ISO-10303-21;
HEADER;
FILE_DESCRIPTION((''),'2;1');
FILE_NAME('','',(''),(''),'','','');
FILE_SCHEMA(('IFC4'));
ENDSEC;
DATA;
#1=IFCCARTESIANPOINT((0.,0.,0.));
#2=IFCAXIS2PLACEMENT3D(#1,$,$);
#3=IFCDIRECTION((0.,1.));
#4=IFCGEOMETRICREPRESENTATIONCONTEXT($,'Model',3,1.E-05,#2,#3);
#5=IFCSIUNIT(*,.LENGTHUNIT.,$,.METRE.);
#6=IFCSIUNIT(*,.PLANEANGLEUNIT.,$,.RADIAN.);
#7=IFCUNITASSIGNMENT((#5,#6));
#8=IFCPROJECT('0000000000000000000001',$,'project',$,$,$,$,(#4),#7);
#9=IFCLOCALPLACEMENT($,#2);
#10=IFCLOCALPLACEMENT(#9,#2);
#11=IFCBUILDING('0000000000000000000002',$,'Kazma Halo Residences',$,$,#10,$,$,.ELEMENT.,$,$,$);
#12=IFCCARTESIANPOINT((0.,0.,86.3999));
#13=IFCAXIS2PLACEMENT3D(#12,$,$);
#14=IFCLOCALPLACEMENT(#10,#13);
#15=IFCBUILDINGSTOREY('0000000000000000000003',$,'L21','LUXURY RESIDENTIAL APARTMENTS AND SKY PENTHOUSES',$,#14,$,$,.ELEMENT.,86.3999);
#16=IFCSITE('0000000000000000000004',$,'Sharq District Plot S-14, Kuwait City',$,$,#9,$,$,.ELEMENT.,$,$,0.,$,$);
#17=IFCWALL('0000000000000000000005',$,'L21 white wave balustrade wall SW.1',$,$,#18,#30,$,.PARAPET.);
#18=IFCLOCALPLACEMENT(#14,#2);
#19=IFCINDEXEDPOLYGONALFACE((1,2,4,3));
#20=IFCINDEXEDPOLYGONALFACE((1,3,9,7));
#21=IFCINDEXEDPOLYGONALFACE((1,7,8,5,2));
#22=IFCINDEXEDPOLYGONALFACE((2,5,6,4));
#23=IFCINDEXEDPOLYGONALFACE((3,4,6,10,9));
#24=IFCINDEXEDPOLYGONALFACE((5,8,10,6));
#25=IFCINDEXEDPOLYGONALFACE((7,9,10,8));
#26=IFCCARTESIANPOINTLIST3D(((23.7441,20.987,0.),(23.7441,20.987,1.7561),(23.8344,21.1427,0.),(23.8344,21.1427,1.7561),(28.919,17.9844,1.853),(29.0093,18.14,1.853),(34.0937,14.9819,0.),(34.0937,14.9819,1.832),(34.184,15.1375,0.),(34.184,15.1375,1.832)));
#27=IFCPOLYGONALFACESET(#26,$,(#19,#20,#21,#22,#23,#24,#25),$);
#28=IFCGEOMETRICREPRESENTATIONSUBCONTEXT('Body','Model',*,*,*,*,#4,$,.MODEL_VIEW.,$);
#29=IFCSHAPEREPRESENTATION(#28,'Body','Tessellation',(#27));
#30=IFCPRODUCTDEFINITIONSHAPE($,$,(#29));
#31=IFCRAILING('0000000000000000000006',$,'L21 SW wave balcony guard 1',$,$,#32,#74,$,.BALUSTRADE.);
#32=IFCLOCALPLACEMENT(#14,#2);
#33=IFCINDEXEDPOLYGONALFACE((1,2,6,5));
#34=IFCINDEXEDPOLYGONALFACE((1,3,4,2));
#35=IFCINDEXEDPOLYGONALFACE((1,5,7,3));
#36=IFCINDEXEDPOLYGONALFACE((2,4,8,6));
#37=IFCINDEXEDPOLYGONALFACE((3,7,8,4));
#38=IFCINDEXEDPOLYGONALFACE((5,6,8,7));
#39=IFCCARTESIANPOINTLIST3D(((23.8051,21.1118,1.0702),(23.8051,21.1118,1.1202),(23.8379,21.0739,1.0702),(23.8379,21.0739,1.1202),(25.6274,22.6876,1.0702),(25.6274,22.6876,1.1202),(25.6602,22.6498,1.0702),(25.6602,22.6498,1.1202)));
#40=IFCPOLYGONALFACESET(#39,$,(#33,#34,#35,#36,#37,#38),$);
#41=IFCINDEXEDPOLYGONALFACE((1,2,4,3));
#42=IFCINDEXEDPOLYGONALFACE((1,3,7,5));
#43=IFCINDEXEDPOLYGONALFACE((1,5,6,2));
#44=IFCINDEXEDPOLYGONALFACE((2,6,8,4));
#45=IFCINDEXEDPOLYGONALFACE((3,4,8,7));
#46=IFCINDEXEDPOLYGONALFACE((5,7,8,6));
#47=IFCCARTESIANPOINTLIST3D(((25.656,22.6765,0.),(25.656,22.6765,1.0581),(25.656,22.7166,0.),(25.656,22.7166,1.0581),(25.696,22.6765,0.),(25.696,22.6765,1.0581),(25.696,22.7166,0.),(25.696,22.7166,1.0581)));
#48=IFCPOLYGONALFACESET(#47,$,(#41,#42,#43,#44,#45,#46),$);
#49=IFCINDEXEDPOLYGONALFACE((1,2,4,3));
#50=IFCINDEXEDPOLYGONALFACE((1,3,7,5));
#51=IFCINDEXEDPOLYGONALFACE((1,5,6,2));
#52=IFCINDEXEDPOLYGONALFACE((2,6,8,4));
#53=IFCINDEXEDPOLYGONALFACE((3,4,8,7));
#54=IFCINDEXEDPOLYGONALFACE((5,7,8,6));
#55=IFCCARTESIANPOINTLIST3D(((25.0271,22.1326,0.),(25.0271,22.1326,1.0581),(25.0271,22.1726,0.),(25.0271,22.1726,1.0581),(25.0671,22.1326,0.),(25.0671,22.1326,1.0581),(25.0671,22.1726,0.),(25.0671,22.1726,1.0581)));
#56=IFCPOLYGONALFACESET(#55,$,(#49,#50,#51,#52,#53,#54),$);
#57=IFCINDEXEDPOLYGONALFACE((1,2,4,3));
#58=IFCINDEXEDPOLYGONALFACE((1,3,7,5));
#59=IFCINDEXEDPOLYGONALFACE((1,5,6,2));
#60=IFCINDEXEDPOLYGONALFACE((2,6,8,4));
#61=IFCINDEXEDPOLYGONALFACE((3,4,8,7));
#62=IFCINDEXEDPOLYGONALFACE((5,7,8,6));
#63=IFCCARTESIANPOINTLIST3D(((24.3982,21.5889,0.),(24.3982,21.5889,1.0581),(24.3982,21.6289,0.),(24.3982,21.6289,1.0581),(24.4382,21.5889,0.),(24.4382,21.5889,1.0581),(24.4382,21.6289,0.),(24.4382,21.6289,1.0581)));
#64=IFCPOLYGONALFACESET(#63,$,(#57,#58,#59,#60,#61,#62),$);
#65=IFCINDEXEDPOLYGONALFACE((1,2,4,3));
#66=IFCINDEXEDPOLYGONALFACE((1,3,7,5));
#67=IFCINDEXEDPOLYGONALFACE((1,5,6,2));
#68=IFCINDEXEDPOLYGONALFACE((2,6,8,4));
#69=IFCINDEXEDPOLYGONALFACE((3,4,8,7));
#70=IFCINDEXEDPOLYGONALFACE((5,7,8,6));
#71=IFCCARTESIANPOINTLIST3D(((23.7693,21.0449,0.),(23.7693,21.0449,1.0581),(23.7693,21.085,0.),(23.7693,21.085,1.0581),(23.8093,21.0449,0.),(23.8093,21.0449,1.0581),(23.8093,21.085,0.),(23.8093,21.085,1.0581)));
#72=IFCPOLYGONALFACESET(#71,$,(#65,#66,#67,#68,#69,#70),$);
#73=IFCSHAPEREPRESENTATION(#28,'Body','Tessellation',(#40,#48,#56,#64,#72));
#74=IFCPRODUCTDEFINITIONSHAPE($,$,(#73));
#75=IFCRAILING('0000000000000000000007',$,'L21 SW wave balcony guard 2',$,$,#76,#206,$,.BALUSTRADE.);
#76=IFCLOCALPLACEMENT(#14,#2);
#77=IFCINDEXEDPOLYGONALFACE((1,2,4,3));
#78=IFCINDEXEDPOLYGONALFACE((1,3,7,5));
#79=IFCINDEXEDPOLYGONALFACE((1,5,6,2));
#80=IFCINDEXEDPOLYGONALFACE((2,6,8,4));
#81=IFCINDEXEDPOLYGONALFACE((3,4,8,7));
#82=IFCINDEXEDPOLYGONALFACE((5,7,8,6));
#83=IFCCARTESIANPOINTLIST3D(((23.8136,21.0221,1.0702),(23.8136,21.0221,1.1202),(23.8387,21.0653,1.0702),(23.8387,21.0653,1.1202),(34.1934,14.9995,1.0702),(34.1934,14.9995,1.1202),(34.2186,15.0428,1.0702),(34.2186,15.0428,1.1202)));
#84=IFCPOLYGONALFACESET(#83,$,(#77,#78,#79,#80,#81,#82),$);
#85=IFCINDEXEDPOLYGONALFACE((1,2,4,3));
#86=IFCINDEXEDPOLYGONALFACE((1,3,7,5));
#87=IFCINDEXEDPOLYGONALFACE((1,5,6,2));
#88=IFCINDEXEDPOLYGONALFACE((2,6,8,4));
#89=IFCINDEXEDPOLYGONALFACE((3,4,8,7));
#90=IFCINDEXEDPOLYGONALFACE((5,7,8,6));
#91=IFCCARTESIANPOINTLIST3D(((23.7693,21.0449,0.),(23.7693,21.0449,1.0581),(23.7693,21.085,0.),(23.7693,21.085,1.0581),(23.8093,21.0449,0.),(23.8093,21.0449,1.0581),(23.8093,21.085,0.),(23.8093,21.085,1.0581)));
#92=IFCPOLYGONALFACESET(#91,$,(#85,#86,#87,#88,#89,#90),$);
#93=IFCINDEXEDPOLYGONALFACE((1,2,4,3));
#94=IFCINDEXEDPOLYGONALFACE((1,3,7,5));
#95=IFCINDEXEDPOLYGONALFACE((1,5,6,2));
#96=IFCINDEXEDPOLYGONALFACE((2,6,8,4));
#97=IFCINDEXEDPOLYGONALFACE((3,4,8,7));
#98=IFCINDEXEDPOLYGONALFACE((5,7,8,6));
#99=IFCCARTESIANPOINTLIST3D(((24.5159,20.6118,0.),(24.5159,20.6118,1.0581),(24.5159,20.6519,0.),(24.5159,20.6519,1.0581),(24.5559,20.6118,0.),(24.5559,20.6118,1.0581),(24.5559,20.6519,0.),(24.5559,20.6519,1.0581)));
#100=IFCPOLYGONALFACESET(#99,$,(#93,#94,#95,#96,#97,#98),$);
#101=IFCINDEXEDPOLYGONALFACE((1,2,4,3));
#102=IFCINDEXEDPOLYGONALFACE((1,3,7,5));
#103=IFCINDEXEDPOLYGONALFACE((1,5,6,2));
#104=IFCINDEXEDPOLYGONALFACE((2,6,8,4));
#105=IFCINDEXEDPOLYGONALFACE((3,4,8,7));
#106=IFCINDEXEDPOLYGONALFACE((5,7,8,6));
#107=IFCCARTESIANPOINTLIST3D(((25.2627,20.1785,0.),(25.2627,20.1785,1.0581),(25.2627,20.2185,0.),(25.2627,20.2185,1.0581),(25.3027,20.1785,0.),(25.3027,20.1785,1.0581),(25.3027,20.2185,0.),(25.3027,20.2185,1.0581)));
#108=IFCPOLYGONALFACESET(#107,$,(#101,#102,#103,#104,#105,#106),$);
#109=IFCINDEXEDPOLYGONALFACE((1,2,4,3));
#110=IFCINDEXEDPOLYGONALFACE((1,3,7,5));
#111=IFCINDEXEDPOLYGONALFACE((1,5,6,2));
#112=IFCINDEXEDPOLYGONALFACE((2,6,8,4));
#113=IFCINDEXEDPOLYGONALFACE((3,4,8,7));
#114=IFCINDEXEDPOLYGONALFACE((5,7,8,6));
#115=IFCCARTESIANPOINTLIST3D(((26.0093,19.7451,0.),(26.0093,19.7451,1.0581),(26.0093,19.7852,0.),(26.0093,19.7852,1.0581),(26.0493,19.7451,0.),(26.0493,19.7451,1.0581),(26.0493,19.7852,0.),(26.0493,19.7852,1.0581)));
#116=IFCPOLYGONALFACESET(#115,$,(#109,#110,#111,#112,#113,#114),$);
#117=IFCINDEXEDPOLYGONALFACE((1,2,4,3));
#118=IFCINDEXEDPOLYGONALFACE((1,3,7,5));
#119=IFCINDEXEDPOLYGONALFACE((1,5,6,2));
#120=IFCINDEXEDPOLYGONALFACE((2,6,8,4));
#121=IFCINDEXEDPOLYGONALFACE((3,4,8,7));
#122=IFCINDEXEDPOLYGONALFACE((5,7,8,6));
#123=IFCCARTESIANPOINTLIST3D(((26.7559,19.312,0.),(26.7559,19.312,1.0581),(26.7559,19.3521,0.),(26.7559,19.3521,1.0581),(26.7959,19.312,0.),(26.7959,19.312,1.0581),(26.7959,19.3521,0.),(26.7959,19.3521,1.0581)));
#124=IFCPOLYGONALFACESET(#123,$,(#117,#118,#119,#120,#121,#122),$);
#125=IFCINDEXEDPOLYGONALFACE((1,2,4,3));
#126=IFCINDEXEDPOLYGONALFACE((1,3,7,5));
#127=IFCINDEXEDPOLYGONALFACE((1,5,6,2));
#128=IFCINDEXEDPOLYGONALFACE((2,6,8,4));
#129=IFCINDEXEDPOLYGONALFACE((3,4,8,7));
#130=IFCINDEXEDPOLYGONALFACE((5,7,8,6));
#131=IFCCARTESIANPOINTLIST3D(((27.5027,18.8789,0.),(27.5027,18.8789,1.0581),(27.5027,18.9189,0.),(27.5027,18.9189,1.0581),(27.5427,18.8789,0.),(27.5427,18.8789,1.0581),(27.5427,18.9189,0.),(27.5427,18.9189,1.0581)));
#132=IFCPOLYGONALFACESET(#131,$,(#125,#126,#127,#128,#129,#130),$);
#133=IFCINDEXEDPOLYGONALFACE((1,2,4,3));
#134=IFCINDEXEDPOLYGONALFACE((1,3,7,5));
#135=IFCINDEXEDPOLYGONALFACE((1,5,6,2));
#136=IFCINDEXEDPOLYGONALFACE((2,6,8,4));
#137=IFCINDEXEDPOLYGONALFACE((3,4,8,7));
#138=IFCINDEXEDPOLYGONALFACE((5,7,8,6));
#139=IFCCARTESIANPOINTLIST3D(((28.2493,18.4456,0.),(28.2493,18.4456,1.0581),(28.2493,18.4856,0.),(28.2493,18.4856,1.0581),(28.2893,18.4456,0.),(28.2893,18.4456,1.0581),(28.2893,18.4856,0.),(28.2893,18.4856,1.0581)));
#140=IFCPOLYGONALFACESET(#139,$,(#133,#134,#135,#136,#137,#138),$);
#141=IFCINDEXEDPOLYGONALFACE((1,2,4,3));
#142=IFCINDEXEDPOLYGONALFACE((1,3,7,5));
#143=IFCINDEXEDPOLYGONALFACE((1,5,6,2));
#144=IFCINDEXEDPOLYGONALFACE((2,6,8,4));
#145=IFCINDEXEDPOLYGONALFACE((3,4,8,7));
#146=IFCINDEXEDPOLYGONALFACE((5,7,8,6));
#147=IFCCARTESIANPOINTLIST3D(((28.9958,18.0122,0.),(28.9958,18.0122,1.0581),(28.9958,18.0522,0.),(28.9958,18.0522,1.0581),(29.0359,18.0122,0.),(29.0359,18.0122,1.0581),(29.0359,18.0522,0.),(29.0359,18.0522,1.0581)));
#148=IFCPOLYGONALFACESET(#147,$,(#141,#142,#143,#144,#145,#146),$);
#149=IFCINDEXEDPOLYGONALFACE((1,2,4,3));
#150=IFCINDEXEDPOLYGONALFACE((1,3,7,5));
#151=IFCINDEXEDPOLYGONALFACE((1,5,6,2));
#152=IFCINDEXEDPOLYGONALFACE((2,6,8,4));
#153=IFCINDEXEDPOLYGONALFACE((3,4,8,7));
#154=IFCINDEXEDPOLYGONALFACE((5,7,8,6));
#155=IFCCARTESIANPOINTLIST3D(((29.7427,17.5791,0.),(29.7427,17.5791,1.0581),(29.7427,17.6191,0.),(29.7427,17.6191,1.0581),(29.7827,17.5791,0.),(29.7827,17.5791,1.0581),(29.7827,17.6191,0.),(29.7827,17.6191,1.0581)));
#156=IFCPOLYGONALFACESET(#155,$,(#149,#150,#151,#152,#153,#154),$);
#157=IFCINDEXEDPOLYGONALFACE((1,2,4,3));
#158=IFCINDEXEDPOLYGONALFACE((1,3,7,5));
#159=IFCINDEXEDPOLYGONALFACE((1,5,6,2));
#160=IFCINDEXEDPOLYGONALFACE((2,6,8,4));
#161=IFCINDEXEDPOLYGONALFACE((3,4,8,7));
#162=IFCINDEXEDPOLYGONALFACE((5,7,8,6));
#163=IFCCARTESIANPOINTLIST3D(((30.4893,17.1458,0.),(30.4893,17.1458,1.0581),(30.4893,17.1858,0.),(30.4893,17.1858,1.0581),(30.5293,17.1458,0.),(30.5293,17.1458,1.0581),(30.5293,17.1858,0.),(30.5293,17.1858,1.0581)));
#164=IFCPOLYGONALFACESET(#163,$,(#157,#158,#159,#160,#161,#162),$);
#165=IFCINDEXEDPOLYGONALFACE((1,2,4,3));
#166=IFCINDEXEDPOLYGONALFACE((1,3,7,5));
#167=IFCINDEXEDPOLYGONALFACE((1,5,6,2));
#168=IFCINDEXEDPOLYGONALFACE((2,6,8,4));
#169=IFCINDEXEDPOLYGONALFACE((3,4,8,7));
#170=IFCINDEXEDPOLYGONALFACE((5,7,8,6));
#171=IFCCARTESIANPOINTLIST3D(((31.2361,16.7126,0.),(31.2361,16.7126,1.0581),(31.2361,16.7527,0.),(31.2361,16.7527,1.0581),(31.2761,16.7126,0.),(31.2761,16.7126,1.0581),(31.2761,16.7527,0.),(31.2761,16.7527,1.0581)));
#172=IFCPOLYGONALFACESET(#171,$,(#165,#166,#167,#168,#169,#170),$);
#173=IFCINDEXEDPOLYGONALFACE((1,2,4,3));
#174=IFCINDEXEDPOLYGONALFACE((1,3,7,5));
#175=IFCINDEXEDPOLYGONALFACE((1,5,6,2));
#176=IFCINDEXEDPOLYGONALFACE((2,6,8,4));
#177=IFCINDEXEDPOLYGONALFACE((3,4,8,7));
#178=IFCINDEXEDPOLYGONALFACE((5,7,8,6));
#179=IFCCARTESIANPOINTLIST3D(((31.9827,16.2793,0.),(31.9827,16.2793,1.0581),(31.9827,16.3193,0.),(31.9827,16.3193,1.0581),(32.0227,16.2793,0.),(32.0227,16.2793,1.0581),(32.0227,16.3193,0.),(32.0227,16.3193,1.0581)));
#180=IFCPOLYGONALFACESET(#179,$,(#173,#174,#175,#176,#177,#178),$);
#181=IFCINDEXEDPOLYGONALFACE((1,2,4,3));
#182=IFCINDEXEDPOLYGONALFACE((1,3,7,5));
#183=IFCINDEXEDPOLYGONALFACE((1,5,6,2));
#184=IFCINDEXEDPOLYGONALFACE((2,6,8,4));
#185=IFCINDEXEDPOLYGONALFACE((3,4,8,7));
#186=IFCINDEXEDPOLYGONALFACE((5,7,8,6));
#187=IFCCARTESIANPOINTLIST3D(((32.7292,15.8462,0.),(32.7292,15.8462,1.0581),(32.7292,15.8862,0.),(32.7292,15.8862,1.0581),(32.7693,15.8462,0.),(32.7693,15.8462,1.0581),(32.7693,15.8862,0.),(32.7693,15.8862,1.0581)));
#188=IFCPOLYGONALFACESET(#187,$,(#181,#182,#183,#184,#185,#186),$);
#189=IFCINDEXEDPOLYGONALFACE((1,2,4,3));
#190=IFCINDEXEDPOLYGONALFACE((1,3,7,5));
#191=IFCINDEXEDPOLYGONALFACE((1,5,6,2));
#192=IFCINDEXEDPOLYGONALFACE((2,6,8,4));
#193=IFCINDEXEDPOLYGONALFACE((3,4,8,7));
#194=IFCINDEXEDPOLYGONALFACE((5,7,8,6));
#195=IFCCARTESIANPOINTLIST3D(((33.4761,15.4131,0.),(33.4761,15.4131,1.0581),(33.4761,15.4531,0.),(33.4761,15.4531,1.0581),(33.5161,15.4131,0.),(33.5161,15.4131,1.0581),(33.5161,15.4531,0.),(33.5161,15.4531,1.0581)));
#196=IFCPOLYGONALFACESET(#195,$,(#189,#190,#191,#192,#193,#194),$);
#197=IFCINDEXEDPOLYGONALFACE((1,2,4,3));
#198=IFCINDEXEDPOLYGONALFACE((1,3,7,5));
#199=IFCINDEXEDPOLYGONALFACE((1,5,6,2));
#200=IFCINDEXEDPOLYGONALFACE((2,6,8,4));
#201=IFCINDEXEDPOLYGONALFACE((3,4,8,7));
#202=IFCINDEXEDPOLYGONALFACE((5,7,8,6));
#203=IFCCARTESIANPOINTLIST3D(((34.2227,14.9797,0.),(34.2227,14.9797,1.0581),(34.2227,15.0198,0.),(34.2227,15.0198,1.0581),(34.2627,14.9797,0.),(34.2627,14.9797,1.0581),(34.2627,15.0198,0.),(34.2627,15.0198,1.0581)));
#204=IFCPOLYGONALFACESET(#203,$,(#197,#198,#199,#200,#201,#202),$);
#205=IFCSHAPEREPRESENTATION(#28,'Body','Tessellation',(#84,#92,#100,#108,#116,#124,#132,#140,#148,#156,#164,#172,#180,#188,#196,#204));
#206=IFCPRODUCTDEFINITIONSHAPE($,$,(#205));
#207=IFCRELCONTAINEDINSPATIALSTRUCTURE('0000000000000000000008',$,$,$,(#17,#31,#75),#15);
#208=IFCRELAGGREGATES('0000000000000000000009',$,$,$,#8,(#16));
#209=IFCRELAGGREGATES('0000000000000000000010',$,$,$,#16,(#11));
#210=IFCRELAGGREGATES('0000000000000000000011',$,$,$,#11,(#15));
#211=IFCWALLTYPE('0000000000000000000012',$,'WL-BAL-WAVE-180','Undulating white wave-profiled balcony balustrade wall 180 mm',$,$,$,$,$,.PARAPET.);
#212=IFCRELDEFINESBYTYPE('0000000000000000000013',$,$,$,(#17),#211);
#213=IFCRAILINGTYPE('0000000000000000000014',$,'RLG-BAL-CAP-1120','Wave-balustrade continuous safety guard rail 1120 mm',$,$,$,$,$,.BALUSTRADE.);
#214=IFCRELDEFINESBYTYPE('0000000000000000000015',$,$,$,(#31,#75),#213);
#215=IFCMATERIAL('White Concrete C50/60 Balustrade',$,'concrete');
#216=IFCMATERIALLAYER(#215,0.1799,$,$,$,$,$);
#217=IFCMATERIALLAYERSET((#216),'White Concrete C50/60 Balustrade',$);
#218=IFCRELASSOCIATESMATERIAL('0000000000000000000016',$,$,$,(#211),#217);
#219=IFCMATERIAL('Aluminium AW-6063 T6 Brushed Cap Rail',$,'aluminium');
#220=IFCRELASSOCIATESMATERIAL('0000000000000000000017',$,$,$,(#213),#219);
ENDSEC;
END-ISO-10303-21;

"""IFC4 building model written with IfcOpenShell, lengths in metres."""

from ifc_helpers import new_model, si_unit, direction, frame, origin, origin_2d, place, context, subcontext, project, spatial, polyline, rectangle, outline, extrude, material, layer, layer_set, type_object, element, save


model = new_model("IFC4")

# Units and contexts
model_context = context("Model", 3, precision=1e-05, world=origin(), true_north=direction((0.0, 1.0)))
body_context = subcontext(model_context, "Body", "Model", "MODEL_VIEW")
ifc_project = project(units=[si_unit("LENGTHUNIT", "METRE"), si_unit("PLANEANGLEUNIT", "RADIAN")], contexts=[model_context])

# Site, building, storey
site_placement = place(None, origin())
site = spatial("IfcSite", under=ifc_project, at=site_placement, Name="Sharq District Plot S-14, Kuwait City", CompositionType="ELEMENT", RefElevation=0.0)
building_placement = place(site_placement, origin())
building = spatial("IfcBuilding", under=site, at=building_placement, Name="Kazma Halo Residences", CompositionType="ELEMENT")
storey_placement = place(building_placement, frame((0.0, 0.0, 86.3999)))
storey = spatial("IfcBuildingStorey", under=building, at=storey_placement, Name="L21", Description="LUXURY RESIDENTIAL APARTMENTS AND SKY PENTHOUSES", CompositionType="ELEMENT", Elevation=86.3999)

# Wall
ifc_material_1 = material(Name="White Concrete C50/60 Balustrade", Category="concrete")
ifc_layer_1 = layer(ifc_material_1, 0.1799)
ifc_layer_set_1 = layer_set([ifc_layer_1], Name="White Concrete C50/60 Balustrade")
wall_type_1 = type_object("IfcWallType", Name="WL-BAL-WAVE-180", Description="Undulating white wave-profiled balcony balustrade wall 180 mm", PredefinedType="PARAPET", material=ifc_layer_set_1)
wall_1_placement = place(storey_placement, frame((23.7893, 21.0649, 0.0), z_axis=(0.0, 0.0, 1.0), x_axis=(0.864946, -0.501865, 0.0)))
element("IfcWall", 1, at=wall_1_placement, inside=storey, type_object=wall_type_1, Name="L21 white wave balustrade wall SW.1", PredefinedType="PARAPET", context=body_context, shape_type="SweptSolid", body=[
    extrude(outline(polyline([(0.0, 0.0), (11.9656, 0.0), (11.9656, 1.832), (5.9829, 1.853), (0.0, 1.7561), (0.0, 0.0)])), frame((0.0, 0.0898, 0.0), z_axis=(0.0, -1.0, 0.0), x_axis=(1.0, 0.0, 0.0)), (0.0, 0.0, 1.0), 0.1799),
])

# Railings
ifc_material_2 = material(Name="Aluminium AW-6063 T6 Brushed Cap Rail", Category="aluminium")
railing_type = type_object("IfcRailingType", Name="RLG-BAL-CAP-1120", Description="Wave-balustrade continuous safety guard rail 1120 mm", PredefinedType="BALUSTRADE", material=ifc_material_2)
railing_1_placement = place(storey_placement, frame((25.676, 22.6965, 0.0)))
element("IfcRailing", 2, at=railing_1_placement, inside=storey, type_object=railing_type, Name="L21 SW wave balcony guard 1", PredefinedType="BALUSTRADE", context=body_context, shape_type="SweptSolid", body=[
    extrude(rectangle(XDim=0.05, YDim=0.05, at=origin_2d()), frame((-0.0322, -0.0278, 1.0952), z_axis=(-0.756396, -0.654114, 0.0), x_axis=(0.654114, -0.756396, 0.0)), (0.0, 0.0, 1.0), 2.4092),
    extrude(rectangle(XDim=0.04, YDim=0.04, at=origin_2d()), origin(), (0.0, 0.0, 1.0), 1.0581),
    extrude(rectangle(XDim=0.04, YDim=0.04, at=origin_2d()), frame((-0.6289, -0.5439, 0.0)), (0.0, 0.0, 1.0), 1.0581),
    extrude(rectangle(XDim=0.04, YDim=0.04, at=origin_2d()), frame((-1.2578, -1.0876, 0.0)), (0.0, 0.0, 1.0), 1.0581),
    extrude(rectangle(XDim=0.04, YDim=0.04, at=origin_2d()), frame((-1.8867, -1.6316, 0.0)), (0.0, 0.0, 1.0), 1.0581),
])
railing_2_placement = place(storey_placement, frame((23.7893, 21.0649, 0.0)))
element("IfcRailing", 3, at=railing_2_placement, inside=storey, type_object=railing_type, Name="L21 SW wave balcony guard 2", PredefinedType="BALUSTRADE", context=body_context, shape_type="SweptSolid", body=[
    extrude(rectangle(XDim=0.05, YDim=0.05, at=origin_2d()), frame((0.0369, -0.0212, 1.0952), z_axis=(0.864951, -0.501856, 0.0), x_axis=(0.501856, 0.864951, 0.0)), (0.0, 0.0, 1.0), 12.0005),
    extrude(rectangle(XDim=0.04, YDim=0.04, at=origin_2d()), origin(), (0.0, 0.0, 1.0), 1.0581),
    extrude(rectangle(XDim=0.04, YDim=0.04, at=origin_2d()), frame((0.7466, -0.4331, 0.0)), (0.0, 0.0, 1.0), 1.0581),
    extrude(rectangle(XDim=0.04, YDim=0.04, at=origin_2d()), frame((1.4934, -0.8665, 0.0)), (0.0, 0.0, 1.0), 1.0581),
    extrude(rectangle(XDim=0.04, YDim=0.04, at=origin_2d()), frame((2.24, -1.2998, 0.0)), (0.0, 0.0, 1.0), 1.0581),
    extrude(rectangle(XDim=0.04, YDim=0.04, at=origin_2d()), frame((2.9866, -1.7329, 0.0)), (0.0, 0.0, 1.0), 1.0581),
    extrude(rectangle(XDim=0.04, YDim=0.04, at=origin_2d()), frame((3.7334, -2.166, 0.0)), (0.0, 0.0, 1.0), 1.0581),
    extrude(rectangle(XDim=0.04, YDim=0.04, at=origin_2d()), frame((4.48, -2.5994, 0.0)), (0.0, 0.0, 1.0), 1.0581),
    extrude(rectangle(XDim=0.04, YDim=0.04, at=origin_2d()), frame((5.2266, -3.0327, 0.0)), (0.0, 0.0, 1.0), 1.0581),
    extrude(rectangle(XDim=0.04, YDim=0.04, at=origin_2d()), frame((5.9734, -3.4658, 0.0)), (0.0, 0.0, 1.0), 1.0581),
    extrude(rectangle(XDim=0.04, YDim=0.04, at=origin_2d()), frame((6.72, -3.8992, 0.0)), (0.0, 0.0, 1.0), 1.0581),
    extrude(rectangle(XDim=0.04, YDim=0.04, at=origin_2d()), frame((7.4668, -4.3323, 0.0)), (0.0, 0.0, 1.0), 1.0581),
    extrude(rectangle(XDim=0.04, YDim=0.04, at=origin_2d()), frame((8.2134, -4.7656, 0.0)), (0.0, 0.0, 1.0), 1.0581),
    extrude(rectangle(XDim=0.04, YDim=0.04, at=origin_2d()), frame((8.96, -5.1987, 0.0)), (0.0, 0.0, 1.0), 1.0581),
    extrude(rectangle(XDim=0.04, YDim=0.04, at=origin_2d()), frame((9.7068, -5.6318, 0.0)), (0.0, 0.0, 1.0), 1.0581),
    extrude(rectangle(XDim=0.04, YDim=0.04, at=origin_2d()), frame((10.4534, -6.0652, 0.0)), (0.0, 0.0, 1.0), 1.0581),
])

save(model, "model.ifc")
